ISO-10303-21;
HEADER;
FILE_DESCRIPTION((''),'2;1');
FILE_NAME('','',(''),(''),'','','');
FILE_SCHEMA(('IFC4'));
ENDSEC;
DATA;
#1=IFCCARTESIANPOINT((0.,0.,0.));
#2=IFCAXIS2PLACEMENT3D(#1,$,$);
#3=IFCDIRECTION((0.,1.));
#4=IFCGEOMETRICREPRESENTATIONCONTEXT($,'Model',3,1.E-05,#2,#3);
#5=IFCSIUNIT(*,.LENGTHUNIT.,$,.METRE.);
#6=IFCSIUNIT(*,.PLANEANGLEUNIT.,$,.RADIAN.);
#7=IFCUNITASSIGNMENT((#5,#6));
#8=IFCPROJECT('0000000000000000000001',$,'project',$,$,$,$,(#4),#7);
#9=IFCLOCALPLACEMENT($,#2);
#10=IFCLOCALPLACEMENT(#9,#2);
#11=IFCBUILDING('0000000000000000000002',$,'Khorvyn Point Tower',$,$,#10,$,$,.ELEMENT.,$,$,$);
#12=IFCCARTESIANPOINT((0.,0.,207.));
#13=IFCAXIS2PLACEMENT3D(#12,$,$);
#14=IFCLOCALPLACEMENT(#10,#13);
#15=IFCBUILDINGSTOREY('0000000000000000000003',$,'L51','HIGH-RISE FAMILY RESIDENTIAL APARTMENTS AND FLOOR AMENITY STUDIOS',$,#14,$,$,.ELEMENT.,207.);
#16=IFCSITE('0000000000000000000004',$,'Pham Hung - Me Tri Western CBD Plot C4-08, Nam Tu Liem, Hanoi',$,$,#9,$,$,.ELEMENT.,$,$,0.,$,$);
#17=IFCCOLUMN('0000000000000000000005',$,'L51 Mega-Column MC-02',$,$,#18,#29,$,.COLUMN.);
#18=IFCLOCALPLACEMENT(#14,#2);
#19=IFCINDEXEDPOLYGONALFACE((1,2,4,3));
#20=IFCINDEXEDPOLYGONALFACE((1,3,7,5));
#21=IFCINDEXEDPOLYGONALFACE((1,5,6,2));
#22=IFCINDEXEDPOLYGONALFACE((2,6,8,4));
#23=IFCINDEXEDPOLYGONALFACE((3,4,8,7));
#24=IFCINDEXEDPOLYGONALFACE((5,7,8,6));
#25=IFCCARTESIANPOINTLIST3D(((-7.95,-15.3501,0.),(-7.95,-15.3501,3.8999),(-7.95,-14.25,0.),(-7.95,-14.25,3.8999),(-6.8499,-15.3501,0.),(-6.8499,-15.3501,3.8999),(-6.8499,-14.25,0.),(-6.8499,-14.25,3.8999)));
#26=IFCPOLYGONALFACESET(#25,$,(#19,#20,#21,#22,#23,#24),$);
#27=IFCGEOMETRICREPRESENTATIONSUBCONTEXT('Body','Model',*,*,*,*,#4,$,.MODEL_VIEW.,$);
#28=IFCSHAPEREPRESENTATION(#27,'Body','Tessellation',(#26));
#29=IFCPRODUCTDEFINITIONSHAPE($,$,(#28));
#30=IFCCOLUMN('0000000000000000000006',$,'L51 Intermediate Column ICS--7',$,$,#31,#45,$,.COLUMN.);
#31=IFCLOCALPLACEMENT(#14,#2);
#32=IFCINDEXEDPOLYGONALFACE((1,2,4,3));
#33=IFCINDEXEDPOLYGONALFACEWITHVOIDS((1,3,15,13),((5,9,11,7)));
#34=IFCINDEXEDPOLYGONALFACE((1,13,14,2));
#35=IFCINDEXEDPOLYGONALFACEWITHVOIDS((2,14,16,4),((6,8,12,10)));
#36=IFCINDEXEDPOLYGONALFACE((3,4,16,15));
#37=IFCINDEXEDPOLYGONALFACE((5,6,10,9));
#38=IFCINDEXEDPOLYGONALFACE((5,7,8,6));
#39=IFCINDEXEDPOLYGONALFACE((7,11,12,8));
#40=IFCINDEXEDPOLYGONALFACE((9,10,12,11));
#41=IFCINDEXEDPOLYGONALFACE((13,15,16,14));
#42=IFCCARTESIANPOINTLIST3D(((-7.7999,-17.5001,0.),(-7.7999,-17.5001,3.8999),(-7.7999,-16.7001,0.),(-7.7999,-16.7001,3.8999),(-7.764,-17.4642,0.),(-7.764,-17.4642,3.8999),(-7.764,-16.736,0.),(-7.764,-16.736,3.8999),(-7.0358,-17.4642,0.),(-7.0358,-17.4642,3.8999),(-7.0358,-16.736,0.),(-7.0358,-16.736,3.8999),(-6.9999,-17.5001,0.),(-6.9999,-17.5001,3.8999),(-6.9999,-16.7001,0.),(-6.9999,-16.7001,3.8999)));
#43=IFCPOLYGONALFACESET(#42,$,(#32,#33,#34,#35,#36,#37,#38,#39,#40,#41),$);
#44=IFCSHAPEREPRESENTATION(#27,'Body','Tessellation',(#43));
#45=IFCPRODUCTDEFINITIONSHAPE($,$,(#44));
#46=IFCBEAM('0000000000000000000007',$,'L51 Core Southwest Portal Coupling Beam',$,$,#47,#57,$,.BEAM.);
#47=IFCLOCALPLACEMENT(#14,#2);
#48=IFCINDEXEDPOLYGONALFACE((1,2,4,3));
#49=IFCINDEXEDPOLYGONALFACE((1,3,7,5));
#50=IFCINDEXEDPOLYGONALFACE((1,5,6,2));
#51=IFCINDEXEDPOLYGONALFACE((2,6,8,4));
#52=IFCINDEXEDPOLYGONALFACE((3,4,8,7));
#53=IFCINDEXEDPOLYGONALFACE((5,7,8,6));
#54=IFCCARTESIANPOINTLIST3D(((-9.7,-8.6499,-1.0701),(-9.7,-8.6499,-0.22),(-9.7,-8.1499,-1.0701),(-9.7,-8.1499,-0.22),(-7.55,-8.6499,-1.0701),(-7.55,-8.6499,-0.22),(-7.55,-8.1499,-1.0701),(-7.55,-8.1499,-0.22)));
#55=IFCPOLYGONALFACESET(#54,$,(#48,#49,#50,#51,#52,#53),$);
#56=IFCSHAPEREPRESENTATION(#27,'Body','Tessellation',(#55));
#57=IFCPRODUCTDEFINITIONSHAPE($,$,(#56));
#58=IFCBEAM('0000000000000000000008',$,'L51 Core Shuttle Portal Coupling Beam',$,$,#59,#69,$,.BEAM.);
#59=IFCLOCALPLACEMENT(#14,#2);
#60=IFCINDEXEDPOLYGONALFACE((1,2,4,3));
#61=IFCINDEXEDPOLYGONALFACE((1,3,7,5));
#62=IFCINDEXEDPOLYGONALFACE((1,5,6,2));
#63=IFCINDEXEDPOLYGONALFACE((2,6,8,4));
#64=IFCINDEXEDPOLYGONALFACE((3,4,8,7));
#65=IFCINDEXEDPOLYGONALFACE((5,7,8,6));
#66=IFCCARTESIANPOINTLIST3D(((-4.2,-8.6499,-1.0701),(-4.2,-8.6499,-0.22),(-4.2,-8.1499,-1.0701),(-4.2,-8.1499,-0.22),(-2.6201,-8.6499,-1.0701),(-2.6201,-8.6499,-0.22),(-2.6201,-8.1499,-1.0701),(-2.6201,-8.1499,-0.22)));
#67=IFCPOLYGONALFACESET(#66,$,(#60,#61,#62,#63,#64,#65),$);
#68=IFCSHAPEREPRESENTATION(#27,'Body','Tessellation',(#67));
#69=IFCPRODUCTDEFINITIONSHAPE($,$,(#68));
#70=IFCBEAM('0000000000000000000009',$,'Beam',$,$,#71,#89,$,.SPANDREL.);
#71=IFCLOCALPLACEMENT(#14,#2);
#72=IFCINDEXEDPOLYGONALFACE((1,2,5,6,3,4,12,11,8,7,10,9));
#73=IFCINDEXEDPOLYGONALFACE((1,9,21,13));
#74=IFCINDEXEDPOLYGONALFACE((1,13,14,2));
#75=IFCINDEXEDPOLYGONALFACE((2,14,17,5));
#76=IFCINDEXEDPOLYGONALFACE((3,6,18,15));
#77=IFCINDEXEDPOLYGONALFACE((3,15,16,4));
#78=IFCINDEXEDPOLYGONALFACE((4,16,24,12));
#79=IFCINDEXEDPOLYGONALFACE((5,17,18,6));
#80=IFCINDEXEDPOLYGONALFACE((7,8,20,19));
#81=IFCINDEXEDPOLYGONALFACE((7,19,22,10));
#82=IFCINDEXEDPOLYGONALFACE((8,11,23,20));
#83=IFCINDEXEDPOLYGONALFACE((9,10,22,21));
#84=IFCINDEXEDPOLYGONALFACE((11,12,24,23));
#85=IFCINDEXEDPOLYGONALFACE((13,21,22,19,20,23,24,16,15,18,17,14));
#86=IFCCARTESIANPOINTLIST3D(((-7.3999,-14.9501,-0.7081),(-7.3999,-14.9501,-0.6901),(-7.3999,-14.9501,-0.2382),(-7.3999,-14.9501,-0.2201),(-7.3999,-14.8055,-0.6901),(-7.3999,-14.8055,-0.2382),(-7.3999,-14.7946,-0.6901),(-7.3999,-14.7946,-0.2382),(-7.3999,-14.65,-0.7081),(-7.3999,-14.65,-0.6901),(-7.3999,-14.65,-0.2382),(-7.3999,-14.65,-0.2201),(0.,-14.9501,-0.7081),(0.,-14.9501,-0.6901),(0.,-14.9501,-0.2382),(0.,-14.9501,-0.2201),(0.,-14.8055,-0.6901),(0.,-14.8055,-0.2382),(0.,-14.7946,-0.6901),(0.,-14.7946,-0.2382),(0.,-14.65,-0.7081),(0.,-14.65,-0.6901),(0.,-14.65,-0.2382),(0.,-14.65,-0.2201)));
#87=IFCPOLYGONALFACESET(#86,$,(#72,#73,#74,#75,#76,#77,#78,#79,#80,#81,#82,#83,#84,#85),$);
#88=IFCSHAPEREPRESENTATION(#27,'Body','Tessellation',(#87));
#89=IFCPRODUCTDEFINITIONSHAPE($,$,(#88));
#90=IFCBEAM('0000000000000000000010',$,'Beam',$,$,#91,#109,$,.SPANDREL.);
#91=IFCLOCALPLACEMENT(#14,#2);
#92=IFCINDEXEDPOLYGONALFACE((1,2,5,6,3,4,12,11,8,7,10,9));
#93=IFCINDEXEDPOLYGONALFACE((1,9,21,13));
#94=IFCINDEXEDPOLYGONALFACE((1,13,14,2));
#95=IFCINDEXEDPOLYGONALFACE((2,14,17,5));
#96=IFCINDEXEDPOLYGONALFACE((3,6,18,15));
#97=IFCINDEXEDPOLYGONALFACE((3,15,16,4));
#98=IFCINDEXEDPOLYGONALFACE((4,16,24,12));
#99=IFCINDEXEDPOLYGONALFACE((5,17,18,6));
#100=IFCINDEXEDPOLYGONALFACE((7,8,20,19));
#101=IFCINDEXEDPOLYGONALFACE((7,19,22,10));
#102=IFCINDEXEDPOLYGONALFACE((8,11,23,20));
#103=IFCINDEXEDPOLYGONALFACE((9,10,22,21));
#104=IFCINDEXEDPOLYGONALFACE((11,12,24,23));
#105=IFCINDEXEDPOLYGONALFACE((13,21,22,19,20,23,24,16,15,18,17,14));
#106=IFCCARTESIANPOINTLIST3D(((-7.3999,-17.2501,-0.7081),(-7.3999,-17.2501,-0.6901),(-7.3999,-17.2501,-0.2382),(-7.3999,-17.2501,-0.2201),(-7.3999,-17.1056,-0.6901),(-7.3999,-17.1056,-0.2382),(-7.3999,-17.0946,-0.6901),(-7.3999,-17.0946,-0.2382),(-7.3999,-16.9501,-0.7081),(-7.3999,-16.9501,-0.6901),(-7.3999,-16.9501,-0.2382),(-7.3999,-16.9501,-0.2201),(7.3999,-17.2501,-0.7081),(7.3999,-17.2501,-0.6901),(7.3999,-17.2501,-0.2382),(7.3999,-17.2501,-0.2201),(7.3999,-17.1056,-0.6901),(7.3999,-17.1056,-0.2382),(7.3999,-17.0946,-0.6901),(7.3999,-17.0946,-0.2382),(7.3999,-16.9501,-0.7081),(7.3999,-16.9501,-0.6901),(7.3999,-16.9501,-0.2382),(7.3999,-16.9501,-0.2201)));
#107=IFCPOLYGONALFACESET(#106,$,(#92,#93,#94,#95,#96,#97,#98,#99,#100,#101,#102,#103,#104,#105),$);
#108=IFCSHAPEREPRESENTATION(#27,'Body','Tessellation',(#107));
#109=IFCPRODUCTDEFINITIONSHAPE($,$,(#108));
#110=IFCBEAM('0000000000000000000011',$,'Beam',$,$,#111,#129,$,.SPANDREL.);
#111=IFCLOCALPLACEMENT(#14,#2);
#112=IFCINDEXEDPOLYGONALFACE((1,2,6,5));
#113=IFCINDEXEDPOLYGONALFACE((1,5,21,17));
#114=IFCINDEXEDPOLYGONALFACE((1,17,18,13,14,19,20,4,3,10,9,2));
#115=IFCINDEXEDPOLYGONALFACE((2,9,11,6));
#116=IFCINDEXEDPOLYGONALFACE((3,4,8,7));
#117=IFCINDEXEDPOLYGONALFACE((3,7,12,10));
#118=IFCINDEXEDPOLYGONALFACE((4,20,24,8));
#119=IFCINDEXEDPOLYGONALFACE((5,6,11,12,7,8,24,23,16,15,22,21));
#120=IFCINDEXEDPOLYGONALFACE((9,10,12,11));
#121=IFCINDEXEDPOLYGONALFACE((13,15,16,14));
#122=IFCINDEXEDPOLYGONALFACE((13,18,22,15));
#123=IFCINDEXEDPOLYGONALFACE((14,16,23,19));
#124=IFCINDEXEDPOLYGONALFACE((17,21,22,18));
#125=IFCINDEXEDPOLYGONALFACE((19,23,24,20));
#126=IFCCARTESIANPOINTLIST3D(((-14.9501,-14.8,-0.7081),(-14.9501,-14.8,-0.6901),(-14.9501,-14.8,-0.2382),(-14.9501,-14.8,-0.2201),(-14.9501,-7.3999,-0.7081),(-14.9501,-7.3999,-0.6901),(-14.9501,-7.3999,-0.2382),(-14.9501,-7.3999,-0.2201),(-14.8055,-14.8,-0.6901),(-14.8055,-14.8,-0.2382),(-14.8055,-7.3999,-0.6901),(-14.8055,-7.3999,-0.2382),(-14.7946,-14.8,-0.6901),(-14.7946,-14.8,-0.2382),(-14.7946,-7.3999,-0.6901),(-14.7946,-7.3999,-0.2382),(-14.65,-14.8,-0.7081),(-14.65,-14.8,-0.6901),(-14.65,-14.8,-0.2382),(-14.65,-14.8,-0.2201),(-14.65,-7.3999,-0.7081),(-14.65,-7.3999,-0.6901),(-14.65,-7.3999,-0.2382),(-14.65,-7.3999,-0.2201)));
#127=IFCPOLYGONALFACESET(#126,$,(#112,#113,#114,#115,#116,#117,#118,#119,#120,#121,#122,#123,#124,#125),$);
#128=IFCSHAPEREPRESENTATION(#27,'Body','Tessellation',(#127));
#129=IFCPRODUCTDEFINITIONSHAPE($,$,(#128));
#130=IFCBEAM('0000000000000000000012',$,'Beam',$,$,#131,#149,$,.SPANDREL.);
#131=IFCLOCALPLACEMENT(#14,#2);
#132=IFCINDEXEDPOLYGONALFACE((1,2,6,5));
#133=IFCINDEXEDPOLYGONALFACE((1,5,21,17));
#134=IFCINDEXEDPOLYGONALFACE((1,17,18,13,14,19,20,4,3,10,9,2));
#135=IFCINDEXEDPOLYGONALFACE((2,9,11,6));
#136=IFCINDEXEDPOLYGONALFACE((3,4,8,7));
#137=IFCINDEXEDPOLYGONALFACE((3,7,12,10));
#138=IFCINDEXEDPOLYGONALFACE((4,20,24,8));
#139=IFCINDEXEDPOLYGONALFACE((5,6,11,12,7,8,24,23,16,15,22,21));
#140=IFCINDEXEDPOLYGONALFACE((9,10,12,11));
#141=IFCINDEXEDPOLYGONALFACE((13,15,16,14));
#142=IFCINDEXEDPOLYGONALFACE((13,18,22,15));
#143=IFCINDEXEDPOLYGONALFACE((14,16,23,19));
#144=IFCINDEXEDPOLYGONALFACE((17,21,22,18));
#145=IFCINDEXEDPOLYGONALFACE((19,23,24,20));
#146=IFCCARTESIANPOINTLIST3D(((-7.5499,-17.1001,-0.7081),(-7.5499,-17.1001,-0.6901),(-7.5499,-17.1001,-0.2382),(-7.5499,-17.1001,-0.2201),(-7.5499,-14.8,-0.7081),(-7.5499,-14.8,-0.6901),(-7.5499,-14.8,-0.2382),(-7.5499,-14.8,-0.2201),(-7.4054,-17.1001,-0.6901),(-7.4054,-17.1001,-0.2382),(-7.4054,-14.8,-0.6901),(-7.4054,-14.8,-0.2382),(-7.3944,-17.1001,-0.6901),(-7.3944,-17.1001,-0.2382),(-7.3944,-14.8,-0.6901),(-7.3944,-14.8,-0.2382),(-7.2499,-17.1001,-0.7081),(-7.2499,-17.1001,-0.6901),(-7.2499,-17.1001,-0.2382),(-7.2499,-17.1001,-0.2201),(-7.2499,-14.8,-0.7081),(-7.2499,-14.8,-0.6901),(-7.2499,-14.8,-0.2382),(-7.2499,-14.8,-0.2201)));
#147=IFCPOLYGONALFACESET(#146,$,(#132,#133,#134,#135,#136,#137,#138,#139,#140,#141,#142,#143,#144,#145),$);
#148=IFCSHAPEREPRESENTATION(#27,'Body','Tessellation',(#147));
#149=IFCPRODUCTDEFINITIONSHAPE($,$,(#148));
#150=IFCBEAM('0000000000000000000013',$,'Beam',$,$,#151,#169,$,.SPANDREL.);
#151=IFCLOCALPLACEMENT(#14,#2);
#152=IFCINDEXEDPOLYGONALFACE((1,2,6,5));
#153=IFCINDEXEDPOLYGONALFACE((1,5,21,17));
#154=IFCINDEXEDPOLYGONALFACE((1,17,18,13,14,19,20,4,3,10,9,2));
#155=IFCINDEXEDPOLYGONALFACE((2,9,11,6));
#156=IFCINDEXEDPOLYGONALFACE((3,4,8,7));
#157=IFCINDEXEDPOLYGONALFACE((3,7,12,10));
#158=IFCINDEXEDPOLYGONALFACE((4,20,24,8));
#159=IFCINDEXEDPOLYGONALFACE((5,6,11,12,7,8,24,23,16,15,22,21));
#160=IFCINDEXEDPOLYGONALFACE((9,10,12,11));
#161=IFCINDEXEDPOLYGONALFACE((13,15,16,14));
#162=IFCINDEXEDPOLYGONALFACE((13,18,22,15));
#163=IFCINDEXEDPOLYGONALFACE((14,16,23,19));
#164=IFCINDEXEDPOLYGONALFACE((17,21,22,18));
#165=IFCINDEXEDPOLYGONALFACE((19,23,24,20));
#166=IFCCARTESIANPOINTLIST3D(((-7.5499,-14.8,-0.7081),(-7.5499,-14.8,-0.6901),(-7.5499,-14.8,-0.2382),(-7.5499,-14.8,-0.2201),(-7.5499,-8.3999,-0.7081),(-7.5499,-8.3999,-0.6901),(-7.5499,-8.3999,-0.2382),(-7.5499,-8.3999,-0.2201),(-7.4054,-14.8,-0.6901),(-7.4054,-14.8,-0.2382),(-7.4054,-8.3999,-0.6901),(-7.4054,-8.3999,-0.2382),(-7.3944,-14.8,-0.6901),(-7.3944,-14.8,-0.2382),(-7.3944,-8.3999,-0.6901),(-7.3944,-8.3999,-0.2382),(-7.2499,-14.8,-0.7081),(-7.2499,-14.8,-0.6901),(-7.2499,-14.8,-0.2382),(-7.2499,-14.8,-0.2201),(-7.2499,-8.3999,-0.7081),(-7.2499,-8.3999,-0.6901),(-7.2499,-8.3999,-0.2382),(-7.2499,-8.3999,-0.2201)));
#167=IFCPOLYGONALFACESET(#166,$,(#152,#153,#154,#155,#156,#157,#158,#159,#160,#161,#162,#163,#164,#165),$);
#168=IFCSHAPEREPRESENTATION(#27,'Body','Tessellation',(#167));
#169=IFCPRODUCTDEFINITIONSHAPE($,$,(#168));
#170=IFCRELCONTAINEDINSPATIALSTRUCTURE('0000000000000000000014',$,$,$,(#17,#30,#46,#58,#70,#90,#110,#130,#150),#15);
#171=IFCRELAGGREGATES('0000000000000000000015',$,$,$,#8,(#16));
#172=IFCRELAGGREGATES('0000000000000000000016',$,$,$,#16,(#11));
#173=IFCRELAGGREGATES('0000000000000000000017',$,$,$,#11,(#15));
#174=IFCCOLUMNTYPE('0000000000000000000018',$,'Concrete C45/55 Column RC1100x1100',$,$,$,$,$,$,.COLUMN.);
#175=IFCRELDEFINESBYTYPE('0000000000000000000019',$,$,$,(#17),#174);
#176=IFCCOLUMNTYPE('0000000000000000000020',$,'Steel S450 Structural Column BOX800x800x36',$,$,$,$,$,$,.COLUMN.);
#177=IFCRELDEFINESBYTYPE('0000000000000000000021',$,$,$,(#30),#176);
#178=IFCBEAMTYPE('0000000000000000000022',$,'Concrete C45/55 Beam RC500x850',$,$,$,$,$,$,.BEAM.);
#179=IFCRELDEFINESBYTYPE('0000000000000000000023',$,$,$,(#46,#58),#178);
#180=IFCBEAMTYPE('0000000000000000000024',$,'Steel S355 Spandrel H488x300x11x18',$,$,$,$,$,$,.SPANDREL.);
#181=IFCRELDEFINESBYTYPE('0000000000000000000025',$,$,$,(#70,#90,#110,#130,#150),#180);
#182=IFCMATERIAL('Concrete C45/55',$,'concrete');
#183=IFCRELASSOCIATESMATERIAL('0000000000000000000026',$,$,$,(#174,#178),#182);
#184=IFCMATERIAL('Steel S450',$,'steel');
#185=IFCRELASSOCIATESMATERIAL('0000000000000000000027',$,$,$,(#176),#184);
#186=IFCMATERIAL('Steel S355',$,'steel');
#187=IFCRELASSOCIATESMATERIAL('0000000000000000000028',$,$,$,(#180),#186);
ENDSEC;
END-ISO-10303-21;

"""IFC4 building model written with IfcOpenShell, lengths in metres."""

from ifc_helpers import new_model, si_unit, direction, frame, origin, origin_2d, place, context, subcontext, project, spatial, rectangle, hollow_rectangle, i_section, extrude, material, material_profile, profile_set, type_object, element, save


model = new_model("IFC4")

# Units and contexts
model_context = context("Model", 3, precision=1e-05, world=origin(), true_north=direction((0.0, 1.0)))
body_context = subcontext(model_context, "Body", "Model", "MODEL_VIEW")
ifc_project = project(units=[si_unit("LENGTHUNIT", "METRE"), si_unit("PLANEANGLEUNIT", "RADIAN")], contexts=[model_context])

# Site, building, storey
site_placement = place(None, origin())
site = spatial("IfcSite", under=ifc_project, at=site_placement, Name="Pham Hung - Me Tri Western CBD Plot C4-08, Nam Tu Liem, Hanoi", CompositionType="ELEMENT", RefElevation=0.0)
building_placement = place(site_placement, origin())
building = spatial("IfcBuilding", under=site, at=building_placement, Name="Khorvyn Point Tower", CompositionType="ELEMENT")
storey_placement = place(building_placement, frame((0.0, 0.0, 207.0)))
storey = spatial("IfcBuildingStorey", under=building, at=storey_placement, Name="L51", Description="HIGH-RISE FAMILY RESIDENTIAL APARTMENTS AND FLOOR AMENITY STUDIOS", CompositionType="ELEMENT", Elevation=207.0)

# Columns
ifc_material_1 = material(Name="Concrete C45/55", Category="concrete")
ifc_material_profile_1 = material_profile(ifc_material_1, rectangle(XDim=1.1001, YDim=1.1001, at=origin_2d()))
ifc_profile_set_1 = profile_set([ifc_material_profile_1], Name="Concrete C45/55 RC1100x1100")
column_type_1 = type_object("IfcColumnType", Name="Concrete C45/55 Column RC1100x1100", PredefinedType="COLUMN", material=ifc_profile_set_1)
column_1_placement = place(storey_placement, frame((-7.3999, -14.8, 0.0), z_axis=(0.0, 0.0, 1.0), x_axis=(1.0, 0.0, 0.0)))
element("IfcColumn", 1, at=column_1_placement, inside=storey, type_object=column_type_1, Name="L51 Mega-Column MC-02", PredefinedType="COLUMN", context=body_context, shape_type="SweptSolid", body=[
    extrude(rectangle(XDim=1.1001, YDim=1.1001, at=origin_2d()), origin(), (0.0, 0.0, 1.0), 3.8999),
])
ifc_material_2 = material(Name="Steel S450", Category="steel")
ifc_material_profile_2 = material_profile(ifc_material_2, hollow_rectangle(XDim=0.8, YDim=0.8, WallThickness=0.0359, at=origin_2d()))
ifc_profile_set_2 = profile_set([ifc_material_profile_2], Name="Steel S450 BOX800x800x36")
column_type_2 = type_object("IfcColumnType", Name="Steel S450 Structural Column BOX800x800x36", PredefinedType="COLUMN", material=ifc_profile_set_2)
column_2_placement = place(storey_placement, frame((-7.3999, -17.1001, 0.0), z_axis=(0.0, 0.0, 1.0), x_axis=(1.0, 0.0, 0.0)))
element("IfcColumn", 2, at=column_2_placement, inside=storey, type_object=column_type_2, Name="L51 Intermediate Column ICS--7", PredefinedType="COLUMN", context=body_context, shape_type="SweptSolid", body=[
    extrude(hollow_rectangle(XDim=0.8, YDim=0.8, WallThickness=0.0359, at=origin_2d()), origin(), (0.0, 0.0, 1.0), 3.8999),
])

# Beams
ifc_material_profile_3 = material_profile(ifc_material_1, rectangle(XDim=0.5, YDim=0.8501, at=origin_2d()))
ifc_profile_set_3 = profile_set([ifc_material_profile_3], Name="Concrete C45/55 RC500x850")
beam_type_1 = type_object("IfcBeamType", Name="Concrete C45/55 Beam RC500x850", PredefinedType="BEAM", material=ifc_profile_set_3)
beam_1_placement = place(storey_placement, frame((-9.7, -8.3999, -0.645), z_axis=(1.0, 0.0, 0.0), x_axis=(0.0, 1.0, 0.0)))
element("IfcBeam", 3, at=beam_1_placement, inside=storey, type_object=beam_type_1, Name="L51 Core Southwest Portal Coupling Beam", PredefinedType="BEAM", context=body_context, shape_type="SweptSolid", body=[
    extrude(rectangle(XDim=0.5, YDim=0.8501, at=origin_2d()), origin(), (0.0, 0.0, 1.0), 2.1499),
])
beam_2_placement = place(storey_placement, frame((-4.2, -8.3999, -0.645), z_axis=(1.0, 0.0, 0.0), x_axis=(0.0, 1.0, 0.0)))
element("IfcBeam", 4, at=beam_2_placement, inside=storey, type_object=beam_type_1, Name="L51 Core Shuttle Portal Coupling Beam", PredefinedType="BEAM", context=body_context, shape_type="SweptSolid", body=[
    extrude(rectangle(XDim=0.5, YDim=0.8501, at=origin_2d()), origin(), (0.0, 0.0, 1.0), 1.5798),
])
ifc_material_3 = material(Name="Steel S355", Category="steel")
ifc_material_profile_4 = material_profile(ifc_material_3, i_section(OverallWidth=0.3, OverallDepth=0.488, WebThickness=0.011, FlangeThickness=0.0181, at=origin_2d()))
ifc_profile_set_4 = profile_set([ifc_material_profile_4], Name="Steel S355 H488x300x11x18")
beam_type_2 = type_object("IfcBeamType", Name="Steel S355 Spandrel H488x300x11x18", PredefinedType="SPANDREL", material=ifc_profile_set_4)
beam_3_placement = place(storey_placement, frame((-7.3999, -14.8, -0.4641), z_axis=(1.0, 0.0, 0.0), x_axis=(0.0, 1.0, 0.0)))
element("IfcBeam", 5, at=beam_3_placement, inside=storey, type_object=beam_type_2, Name="Beam", PredefinedType="SPANDREL", context=body_context, shape_type="SweptSolid", body=[
    extrude(i_section(OverallWidth=0.3, OverallDepth=0.488, WebThickness=0.011, FlangeThickness=0.0181, at=origin_2d()), origin(), (0.0, 0.0, 1.0), 7.3999),
])
beam_4_placement = place(storey_placement, frame((-7.3999, -17.1001, -0.4641), z_axis=(1.0, 0.0, 0.0), x_axis=(0.0, 1.0, 0.0)))
element("IfcBeam", 6, at=beam_4_placement, inside=storey, type_object=beam_type_2, Name="Beam", PredefinedType="SPANDREL", context=body_context, shape_type="SweptSolid", body=[
    extrude(i_section(OverallWidth=0.3, OverallDepth=0.488, WebThickness=0.011, FlangeThickness=0.0181, at=origin_2d()), origin(), (0.0, 0.0, 1.0), 14.7998),
])
beam_5_placement = place(storey_placement, frame((-14.8, -14.8, -0.4641), z_axis=(0.0, 1.0, 0.0), x_axis=(-1.0, 0.0, 0.0)))
element("IfcBeam", 7, at=beam_5_placement, inside=storey, type_object=beam_type_2, Name="Beam", PredefinedType="SPANDREL", context=body_context, shape_type="SweptSolid", body=[
    extrude(i_section(OverallWidth=0.3, OverallDepth=0.488, WebThickness=0.011, FlangeThickness=0.0181, at=origin_2d()), origin(), (0.0, 0.0, 1.0), 7.4001),
])
beam_6_placement = place(storey_placement, frame((-7.3999, -17.1001, -0.4641), z_axis=(0.0, 1.0, 0.0), x_axis=(-1.0, 0.0, 0.0)))
element("IfcBeam", 8, at=beam_6_placement, inside=storey, type_object=beam_type_2, Name="Beam", PredefinedType="SPANDREL", context=body_context, shape_type="SweptSolid", body=[
    extrude(i_section(OverallWidth=0.3, OverallDepth=0.488, WebThickness=0.011, FlangeThickness=0.0181, at=origin_2d()), origin(), (0.0, 0.0, 1.0), 2.3),
])
beam_7_placement = place(storey_placement, frame((-7.3999, -14.8, -0.4641), z_axis=(0.0, 1.0, 0.0), x_axis=(-1.0, 0.0, 0.0)))
element("IfcBeam", 9, at=beam_7_placement, inside=storey, type_object=beam_type_2, Name="Beam", PredefinedType="SPANDREL", context=body_context, shape_type="SweptSolid", body=[
    extrude(i_section(OverallWidth=0.3, OverallDepth=0.488, WebThickness=0.011, FlangeThickness=0.0181, at=origin_2d()), origin(), (0.0, 0.0, 1.0), 6.4001),
])

save(model, "model.ifc")
